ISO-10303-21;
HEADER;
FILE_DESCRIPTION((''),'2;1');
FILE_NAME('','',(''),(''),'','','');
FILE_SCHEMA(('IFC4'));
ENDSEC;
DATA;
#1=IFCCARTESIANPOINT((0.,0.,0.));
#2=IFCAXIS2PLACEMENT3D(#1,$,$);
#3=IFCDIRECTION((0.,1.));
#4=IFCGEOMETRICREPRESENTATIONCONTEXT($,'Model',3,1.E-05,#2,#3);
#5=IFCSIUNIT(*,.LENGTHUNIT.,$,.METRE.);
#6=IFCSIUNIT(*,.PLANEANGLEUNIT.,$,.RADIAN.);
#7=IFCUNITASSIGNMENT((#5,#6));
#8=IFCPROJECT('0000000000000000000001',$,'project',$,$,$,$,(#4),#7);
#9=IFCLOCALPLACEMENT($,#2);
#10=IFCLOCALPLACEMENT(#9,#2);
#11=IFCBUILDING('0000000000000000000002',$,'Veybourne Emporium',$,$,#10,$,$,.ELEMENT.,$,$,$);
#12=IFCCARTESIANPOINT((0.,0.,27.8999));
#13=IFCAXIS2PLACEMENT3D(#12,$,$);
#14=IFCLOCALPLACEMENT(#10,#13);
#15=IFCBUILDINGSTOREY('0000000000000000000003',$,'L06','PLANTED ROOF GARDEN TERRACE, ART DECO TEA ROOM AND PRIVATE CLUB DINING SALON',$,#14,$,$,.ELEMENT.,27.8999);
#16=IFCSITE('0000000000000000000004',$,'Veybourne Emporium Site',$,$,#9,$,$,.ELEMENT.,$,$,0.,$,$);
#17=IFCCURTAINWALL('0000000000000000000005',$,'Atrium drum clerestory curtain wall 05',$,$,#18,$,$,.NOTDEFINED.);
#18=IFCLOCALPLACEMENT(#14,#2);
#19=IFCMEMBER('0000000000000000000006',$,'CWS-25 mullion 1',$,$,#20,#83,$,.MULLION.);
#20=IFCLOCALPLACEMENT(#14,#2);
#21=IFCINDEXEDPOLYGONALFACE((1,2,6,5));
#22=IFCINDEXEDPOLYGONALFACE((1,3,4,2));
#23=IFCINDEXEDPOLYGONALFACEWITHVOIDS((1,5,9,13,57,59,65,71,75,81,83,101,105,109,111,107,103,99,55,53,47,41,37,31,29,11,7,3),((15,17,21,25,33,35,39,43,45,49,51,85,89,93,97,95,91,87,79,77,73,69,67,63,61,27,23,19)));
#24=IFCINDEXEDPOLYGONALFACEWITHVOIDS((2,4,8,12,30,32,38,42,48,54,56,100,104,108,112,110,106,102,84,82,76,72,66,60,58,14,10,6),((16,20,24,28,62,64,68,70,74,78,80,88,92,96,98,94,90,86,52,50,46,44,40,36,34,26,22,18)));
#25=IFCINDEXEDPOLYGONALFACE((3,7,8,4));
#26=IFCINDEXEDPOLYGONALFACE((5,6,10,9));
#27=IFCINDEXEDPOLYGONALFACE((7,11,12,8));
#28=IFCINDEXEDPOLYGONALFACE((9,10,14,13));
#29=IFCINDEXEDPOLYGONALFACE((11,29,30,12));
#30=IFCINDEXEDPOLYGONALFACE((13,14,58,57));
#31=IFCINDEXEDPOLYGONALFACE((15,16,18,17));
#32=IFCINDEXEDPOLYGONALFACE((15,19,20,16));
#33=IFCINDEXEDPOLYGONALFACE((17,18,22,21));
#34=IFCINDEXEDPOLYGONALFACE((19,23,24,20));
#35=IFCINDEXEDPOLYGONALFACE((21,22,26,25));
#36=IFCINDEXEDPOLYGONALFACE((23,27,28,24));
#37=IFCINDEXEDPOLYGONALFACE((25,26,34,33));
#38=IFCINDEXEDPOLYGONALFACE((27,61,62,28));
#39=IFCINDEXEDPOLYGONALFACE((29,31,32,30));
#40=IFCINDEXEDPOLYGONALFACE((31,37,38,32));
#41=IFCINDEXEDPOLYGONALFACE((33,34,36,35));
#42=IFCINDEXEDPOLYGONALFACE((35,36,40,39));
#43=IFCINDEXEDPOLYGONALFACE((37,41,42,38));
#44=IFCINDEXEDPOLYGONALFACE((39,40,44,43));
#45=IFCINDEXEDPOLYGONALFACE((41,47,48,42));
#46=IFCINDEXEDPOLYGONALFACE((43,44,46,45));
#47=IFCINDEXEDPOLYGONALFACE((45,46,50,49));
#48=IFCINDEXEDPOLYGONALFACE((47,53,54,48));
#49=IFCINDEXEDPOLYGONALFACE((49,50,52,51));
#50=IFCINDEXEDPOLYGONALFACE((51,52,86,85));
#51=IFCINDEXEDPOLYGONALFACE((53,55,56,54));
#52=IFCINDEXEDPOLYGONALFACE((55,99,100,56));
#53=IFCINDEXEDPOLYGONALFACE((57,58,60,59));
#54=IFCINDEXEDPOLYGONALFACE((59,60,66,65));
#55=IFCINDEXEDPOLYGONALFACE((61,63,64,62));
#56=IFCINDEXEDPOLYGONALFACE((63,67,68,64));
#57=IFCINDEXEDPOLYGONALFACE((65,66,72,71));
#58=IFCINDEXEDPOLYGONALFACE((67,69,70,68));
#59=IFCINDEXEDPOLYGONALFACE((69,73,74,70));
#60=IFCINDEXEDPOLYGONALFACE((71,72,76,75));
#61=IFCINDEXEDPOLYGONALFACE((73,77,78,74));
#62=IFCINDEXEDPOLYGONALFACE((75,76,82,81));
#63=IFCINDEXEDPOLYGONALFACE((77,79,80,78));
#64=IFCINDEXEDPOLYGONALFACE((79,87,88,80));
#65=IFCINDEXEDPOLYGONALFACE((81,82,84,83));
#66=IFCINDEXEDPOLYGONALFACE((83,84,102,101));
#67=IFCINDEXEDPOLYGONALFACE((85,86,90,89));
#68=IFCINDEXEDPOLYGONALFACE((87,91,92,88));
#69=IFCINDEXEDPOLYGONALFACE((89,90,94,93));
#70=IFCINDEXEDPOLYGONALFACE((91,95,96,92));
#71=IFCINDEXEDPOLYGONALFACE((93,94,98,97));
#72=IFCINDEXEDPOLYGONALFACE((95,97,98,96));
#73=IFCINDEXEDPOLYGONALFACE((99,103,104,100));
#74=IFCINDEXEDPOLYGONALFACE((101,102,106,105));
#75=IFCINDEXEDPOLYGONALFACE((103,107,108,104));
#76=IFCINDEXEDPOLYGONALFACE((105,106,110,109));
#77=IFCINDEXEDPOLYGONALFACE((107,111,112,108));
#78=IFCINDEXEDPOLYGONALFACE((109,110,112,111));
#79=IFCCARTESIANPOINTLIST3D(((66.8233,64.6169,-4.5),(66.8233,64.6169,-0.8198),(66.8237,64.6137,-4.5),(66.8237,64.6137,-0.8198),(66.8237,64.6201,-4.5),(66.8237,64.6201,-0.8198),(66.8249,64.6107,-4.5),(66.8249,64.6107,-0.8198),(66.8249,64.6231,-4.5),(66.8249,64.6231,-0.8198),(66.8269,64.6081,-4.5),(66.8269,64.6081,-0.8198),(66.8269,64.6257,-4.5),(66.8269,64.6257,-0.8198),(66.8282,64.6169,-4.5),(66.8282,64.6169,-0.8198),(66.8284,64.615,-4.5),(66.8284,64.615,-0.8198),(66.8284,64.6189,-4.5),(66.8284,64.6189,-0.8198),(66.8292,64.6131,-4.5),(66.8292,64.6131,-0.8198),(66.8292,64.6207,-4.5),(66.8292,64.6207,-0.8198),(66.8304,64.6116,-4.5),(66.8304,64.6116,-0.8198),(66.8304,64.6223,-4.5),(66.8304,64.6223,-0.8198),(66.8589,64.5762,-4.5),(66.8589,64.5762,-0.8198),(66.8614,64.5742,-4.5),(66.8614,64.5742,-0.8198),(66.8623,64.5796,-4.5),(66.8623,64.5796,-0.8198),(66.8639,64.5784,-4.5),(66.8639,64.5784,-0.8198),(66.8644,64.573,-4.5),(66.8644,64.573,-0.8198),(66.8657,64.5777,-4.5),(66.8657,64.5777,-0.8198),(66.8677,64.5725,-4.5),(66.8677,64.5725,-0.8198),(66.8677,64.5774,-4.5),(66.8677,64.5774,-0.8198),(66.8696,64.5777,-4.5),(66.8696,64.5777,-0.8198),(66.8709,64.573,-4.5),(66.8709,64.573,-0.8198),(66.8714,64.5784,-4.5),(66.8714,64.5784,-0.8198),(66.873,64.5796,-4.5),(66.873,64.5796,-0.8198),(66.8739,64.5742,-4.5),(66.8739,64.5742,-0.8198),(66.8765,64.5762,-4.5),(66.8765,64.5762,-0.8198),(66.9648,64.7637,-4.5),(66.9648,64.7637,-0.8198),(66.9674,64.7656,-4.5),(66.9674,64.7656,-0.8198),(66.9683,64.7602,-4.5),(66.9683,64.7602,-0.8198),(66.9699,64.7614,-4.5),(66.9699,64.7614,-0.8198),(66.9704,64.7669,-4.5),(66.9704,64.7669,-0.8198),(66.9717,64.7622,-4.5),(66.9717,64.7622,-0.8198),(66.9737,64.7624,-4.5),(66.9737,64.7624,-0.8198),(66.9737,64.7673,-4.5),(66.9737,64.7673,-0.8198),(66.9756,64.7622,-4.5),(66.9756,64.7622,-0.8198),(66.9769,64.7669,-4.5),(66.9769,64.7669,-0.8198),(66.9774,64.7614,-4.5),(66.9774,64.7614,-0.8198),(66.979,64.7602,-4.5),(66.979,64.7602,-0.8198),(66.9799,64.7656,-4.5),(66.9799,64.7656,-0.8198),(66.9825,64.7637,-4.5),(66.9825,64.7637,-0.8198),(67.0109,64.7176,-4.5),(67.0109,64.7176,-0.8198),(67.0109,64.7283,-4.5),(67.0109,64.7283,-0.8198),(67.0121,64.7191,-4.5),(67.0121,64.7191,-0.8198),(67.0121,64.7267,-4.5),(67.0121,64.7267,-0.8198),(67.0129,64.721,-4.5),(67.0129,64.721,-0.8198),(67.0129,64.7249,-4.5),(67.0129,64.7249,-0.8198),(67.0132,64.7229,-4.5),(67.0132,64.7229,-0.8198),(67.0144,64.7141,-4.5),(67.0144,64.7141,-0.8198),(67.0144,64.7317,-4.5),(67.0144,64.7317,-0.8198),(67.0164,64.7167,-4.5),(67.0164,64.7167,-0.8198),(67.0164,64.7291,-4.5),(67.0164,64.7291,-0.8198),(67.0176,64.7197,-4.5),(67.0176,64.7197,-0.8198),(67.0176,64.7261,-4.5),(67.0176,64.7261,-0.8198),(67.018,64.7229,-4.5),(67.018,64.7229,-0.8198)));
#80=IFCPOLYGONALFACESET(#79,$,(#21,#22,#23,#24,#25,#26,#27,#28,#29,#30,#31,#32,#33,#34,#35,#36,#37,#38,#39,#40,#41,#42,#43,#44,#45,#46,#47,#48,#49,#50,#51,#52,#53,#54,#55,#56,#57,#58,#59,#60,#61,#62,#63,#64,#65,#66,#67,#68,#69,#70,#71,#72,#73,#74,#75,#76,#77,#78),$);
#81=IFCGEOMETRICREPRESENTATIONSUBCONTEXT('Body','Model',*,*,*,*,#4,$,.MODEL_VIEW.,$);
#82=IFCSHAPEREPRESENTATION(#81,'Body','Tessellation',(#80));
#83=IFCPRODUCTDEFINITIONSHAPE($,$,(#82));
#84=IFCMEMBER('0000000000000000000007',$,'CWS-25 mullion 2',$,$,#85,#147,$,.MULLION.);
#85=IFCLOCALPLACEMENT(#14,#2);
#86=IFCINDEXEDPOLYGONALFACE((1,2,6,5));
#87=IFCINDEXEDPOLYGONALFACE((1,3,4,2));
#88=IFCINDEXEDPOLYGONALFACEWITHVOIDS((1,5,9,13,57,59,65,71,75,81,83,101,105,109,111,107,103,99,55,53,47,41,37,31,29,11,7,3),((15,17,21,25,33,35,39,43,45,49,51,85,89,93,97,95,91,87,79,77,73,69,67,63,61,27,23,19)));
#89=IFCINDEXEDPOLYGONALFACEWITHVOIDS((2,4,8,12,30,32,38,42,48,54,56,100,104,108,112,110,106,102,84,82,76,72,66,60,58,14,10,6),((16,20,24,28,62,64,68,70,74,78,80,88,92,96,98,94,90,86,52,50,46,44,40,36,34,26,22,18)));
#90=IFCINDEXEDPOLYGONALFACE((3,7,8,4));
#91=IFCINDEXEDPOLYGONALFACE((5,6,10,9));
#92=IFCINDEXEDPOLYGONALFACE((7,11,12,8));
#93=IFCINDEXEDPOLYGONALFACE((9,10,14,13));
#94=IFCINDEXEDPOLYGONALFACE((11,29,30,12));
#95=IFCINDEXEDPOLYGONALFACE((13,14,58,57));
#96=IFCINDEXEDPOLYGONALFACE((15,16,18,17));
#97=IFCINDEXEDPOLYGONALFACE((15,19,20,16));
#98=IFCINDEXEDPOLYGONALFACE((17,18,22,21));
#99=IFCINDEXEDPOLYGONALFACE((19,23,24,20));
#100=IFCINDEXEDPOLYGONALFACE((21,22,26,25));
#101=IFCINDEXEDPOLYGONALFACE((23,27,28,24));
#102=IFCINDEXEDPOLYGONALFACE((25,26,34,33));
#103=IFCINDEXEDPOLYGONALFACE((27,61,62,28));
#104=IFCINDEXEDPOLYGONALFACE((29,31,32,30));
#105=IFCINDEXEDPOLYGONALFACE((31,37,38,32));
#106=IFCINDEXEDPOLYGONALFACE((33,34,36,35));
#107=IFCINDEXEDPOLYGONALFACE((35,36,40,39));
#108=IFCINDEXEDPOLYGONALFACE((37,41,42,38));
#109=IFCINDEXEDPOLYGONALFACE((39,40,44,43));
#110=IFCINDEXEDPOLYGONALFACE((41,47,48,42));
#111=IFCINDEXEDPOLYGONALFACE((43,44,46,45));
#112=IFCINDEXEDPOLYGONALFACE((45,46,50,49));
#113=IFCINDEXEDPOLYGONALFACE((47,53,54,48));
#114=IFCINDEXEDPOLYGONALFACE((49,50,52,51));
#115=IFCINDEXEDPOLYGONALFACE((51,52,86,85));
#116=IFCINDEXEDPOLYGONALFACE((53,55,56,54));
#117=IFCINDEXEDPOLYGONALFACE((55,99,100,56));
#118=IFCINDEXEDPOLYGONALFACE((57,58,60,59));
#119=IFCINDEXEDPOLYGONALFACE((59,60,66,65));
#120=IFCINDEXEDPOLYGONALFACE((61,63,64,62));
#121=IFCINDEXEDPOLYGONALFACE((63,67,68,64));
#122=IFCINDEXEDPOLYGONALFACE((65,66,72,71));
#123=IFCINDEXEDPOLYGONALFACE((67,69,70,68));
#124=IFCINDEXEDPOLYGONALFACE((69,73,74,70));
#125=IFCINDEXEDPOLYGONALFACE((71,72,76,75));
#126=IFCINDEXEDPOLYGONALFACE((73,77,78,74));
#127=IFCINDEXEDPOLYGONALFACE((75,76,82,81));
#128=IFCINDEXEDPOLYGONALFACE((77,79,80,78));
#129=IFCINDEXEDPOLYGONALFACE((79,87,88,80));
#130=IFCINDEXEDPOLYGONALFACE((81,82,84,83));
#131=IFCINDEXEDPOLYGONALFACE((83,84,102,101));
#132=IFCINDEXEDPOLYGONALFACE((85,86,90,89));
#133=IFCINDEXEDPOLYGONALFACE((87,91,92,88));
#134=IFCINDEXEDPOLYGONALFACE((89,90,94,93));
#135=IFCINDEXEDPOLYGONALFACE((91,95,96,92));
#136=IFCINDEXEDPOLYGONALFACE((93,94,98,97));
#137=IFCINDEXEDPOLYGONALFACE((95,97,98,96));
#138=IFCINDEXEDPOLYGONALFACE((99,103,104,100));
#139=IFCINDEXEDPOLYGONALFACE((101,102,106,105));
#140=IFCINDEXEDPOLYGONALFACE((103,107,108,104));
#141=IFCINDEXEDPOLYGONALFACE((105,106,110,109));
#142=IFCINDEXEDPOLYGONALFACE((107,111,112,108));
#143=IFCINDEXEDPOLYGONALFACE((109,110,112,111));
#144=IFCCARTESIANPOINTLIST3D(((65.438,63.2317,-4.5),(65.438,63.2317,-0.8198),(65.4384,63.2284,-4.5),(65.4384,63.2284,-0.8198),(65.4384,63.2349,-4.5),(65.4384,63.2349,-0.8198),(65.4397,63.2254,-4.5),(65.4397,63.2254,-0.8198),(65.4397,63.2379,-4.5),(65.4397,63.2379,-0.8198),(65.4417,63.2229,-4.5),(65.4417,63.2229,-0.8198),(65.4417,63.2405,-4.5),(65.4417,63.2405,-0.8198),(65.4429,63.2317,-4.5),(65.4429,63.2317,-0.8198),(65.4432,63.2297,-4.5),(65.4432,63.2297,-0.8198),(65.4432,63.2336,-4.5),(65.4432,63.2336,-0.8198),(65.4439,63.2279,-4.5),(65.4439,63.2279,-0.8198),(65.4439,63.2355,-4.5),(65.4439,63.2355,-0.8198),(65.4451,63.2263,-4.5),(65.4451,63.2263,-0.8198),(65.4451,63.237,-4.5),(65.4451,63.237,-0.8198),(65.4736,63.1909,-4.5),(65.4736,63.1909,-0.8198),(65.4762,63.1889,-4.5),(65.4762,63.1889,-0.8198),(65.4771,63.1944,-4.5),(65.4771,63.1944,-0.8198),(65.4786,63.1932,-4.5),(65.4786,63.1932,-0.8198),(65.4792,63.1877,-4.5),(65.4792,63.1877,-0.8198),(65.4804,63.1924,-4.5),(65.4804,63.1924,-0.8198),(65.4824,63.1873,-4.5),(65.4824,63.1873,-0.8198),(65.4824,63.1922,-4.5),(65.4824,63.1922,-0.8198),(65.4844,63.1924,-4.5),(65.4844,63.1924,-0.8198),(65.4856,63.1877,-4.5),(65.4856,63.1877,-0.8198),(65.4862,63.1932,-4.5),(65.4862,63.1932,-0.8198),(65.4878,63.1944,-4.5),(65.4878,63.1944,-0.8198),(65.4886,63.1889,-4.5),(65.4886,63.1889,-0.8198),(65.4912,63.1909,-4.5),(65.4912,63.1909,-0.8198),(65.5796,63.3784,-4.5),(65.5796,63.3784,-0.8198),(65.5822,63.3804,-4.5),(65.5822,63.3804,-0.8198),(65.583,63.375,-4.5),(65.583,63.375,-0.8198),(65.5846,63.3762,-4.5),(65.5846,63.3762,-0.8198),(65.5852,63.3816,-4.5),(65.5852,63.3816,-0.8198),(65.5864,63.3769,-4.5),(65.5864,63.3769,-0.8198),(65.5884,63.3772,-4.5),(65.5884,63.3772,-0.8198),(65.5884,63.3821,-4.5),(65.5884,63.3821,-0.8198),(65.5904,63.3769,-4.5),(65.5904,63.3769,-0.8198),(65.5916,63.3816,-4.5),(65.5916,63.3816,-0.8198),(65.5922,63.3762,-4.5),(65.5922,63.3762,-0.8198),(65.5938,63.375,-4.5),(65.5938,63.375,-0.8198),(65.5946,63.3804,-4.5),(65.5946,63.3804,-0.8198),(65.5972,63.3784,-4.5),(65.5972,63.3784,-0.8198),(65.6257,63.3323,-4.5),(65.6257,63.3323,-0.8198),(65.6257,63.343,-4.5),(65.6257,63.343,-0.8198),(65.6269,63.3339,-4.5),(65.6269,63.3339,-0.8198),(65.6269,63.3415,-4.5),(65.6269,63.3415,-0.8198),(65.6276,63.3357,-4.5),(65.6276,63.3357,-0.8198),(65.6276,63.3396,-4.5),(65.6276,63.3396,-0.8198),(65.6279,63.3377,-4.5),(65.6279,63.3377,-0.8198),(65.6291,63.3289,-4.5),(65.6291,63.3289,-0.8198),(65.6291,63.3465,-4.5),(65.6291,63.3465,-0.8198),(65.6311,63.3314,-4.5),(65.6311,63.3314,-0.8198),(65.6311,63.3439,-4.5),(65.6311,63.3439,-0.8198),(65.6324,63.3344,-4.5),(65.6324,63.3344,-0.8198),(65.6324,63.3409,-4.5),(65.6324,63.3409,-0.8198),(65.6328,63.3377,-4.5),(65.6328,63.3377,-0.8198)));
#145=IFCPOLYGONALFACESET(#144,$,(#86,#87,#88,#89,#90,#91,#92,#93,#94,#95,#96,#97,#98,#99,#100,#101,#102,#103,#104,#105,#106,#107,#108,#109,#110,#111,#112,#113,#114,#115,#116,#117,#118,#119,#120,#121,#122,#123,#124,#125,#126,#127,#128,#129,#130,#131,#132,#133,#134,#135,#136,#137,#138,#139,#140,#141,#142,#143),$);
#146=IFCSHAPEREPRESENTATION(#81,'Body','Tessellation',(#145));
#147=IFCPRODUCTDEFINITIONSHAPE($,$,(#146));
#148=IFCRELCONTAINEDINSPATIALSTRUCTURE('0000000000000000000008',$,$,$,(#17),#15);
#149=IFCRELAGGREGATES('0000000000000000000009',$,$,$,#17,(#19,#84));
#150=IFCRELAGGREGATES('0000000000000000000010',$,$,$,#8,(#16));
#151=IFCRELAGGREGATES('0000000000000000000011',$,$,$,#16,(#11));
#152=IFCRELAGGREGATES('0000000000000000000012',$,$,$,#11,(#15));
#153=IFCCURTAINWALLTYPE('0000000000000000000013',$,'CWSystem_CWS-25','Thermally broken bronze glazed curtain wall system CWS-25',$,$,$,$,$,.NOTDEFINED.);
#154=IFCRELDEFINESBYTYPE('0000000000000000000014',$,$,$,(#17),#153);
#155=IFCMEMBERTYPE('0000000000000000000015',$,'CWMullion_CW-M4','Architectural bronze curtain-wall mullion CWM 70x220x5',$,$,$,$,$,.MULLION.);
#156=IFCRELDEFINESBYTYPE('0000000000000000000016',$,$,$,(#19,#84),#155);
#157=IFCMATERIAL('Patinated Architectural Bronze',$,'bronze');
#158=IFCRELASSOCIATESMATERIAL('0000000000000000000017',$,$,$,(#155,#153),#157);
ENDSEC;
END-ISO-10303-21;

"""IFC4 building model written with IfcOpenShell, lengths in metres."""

from ifc_helpers import new_model, si_unit, direction, frame, origin, origin_2d, place, context, subcontext, project, spatial, hollow_rectangle, extrude, material, material_profile, profile_set, type_object, element, aggregate, save


model = new_model("IFC4")

# Units and contexts
model_context = context("Model", 3, precision=1e-05, world=origin(), true_north=direction((0.0, 1.0)))
body_context = subcontext(model_context, "Body", "Model", "MODEL_VIEW")
ifc_project = project(units=[si_unit("LENGTHUNIT", "METRE"), si_unit("PLANEANGLEUNIT", "RADIAN")], contexts=[model_context])

# Site, building, storey
site_placement = place(None, origin())
site = spatial("IfcSite", under=ifc_project, at=site_placement, Name="Veybourne Emporium Site", CompositionType="ELEMENT", RefElevation=0.0)
building_placement = place(site_placement, origin())
building = spatial("IfcBuilding", under=site, at=building_placement, Name="Veybourne Emporium", CompositionType="ELEMENT")
storey_placement = place(building_placement, frame((0.0, 0.0, 27.8999)))
storey = spatial("IfcBuildingStorey", under=building, at=storey_placement, Name="L06", Description="PLANTED ROOF GARDEN TERRACE, ART DECO TEA ROOM AND PRIVATE CLUB DINING SALON", CompositionType="ELEMENT", Elevation=27.8999)

# Curtain wall, members
ifc_material_1 = material(Name="Patinated Architectural Bronze", Category="bronze")
ifc_material_profile_1 = material_profile(ifc_material_1, hollow_rectangle(XDim=0.0701, YDim=0.22, WallThickness=0.0049, InnerFilletRadius=0.0076, OuterFilletRadius=0.0125, at=origin_2d()), Name="CWM 70x220x5")
ifc_profile_set_1 = profile_set([ifc_material_profile_1], Name="Patinated Architectural Bronze")
member_type_1 = type_object("IfcMemberType", Name="CWMullion_CW-M4", Description="Architectural bronze curtain-wall mullion CWM 70x220x5", PredefinedType="MULLION", material=ifc_profile_set_1)
curtain_wall_type_1 = type_object("IfcCurtainWallType", Name="CWSystem_CWS-25", Description="Thermally broken bronze glazed curtain wall system CWS-25", PredefinedType="NOTDEFINED", material=ifc_material_1)
curtain_wall_1_placement = place(storey_placement, origin())
curtain_wall_1 = element("IfcCurtainWall", 1, at=curtain_wall_1_placement, inside=storey, type_object=curtain_wall_type_1, Name="Atrium drum clerestory curtain wall 05", PredefinedType="NOTDEFINED")
member_1_placement = place(storey_placement, frame((66.9207, 64.6699, -4.5), z_axis=(0.0, 0.0, 1.0), x_axis=(0.707107, -0.707107, 0.0)))
member_1 = element("IfcMember", 2, at=member_1_placement, type_object=member_type_1, Name="CWS-25 mullion 1", PredefinedType="MULLION", context=body_context, shape_type="SweptSolid", body=[
    extrude(hollow_rectangle(XDim=0.0701, YDim=0.22, WallThickness=0.0049, InnerFilletRadius=0.0076, OuterFilletRadius=0.0125, at=origin_2d()), origin(), (0.0, 0.0, 1.0), 3.6802),
])
member_2_placement = place(storey_placement, frame((65.5354, 63.2847, -4.5), z_axis=(0.0, 0.0, 1.0), x_axis=(0.707107, -0.707107, 0.0)))
member_2 = element("IfcMember", 3, at=member_2_placement, type_object=member_type_1, Name="CWS-25 mullion 2", PredefinedType="MULLION", context=body_context, shape_type="SweptSolid", body=[
    extrude(hollow_rectangle(XDim=0.0701, YDim=0.22, WallThickness=0.0049, InnerFilletRadius=0.0076, OuterFilletRadius=0.0125, at=origin_2d()), origin(), (0.0, 0.0, 1.0), 3.6802),
])

aggregate(curtain_wall_1, [member_1, member_2])

save(model, "model.ifc")
